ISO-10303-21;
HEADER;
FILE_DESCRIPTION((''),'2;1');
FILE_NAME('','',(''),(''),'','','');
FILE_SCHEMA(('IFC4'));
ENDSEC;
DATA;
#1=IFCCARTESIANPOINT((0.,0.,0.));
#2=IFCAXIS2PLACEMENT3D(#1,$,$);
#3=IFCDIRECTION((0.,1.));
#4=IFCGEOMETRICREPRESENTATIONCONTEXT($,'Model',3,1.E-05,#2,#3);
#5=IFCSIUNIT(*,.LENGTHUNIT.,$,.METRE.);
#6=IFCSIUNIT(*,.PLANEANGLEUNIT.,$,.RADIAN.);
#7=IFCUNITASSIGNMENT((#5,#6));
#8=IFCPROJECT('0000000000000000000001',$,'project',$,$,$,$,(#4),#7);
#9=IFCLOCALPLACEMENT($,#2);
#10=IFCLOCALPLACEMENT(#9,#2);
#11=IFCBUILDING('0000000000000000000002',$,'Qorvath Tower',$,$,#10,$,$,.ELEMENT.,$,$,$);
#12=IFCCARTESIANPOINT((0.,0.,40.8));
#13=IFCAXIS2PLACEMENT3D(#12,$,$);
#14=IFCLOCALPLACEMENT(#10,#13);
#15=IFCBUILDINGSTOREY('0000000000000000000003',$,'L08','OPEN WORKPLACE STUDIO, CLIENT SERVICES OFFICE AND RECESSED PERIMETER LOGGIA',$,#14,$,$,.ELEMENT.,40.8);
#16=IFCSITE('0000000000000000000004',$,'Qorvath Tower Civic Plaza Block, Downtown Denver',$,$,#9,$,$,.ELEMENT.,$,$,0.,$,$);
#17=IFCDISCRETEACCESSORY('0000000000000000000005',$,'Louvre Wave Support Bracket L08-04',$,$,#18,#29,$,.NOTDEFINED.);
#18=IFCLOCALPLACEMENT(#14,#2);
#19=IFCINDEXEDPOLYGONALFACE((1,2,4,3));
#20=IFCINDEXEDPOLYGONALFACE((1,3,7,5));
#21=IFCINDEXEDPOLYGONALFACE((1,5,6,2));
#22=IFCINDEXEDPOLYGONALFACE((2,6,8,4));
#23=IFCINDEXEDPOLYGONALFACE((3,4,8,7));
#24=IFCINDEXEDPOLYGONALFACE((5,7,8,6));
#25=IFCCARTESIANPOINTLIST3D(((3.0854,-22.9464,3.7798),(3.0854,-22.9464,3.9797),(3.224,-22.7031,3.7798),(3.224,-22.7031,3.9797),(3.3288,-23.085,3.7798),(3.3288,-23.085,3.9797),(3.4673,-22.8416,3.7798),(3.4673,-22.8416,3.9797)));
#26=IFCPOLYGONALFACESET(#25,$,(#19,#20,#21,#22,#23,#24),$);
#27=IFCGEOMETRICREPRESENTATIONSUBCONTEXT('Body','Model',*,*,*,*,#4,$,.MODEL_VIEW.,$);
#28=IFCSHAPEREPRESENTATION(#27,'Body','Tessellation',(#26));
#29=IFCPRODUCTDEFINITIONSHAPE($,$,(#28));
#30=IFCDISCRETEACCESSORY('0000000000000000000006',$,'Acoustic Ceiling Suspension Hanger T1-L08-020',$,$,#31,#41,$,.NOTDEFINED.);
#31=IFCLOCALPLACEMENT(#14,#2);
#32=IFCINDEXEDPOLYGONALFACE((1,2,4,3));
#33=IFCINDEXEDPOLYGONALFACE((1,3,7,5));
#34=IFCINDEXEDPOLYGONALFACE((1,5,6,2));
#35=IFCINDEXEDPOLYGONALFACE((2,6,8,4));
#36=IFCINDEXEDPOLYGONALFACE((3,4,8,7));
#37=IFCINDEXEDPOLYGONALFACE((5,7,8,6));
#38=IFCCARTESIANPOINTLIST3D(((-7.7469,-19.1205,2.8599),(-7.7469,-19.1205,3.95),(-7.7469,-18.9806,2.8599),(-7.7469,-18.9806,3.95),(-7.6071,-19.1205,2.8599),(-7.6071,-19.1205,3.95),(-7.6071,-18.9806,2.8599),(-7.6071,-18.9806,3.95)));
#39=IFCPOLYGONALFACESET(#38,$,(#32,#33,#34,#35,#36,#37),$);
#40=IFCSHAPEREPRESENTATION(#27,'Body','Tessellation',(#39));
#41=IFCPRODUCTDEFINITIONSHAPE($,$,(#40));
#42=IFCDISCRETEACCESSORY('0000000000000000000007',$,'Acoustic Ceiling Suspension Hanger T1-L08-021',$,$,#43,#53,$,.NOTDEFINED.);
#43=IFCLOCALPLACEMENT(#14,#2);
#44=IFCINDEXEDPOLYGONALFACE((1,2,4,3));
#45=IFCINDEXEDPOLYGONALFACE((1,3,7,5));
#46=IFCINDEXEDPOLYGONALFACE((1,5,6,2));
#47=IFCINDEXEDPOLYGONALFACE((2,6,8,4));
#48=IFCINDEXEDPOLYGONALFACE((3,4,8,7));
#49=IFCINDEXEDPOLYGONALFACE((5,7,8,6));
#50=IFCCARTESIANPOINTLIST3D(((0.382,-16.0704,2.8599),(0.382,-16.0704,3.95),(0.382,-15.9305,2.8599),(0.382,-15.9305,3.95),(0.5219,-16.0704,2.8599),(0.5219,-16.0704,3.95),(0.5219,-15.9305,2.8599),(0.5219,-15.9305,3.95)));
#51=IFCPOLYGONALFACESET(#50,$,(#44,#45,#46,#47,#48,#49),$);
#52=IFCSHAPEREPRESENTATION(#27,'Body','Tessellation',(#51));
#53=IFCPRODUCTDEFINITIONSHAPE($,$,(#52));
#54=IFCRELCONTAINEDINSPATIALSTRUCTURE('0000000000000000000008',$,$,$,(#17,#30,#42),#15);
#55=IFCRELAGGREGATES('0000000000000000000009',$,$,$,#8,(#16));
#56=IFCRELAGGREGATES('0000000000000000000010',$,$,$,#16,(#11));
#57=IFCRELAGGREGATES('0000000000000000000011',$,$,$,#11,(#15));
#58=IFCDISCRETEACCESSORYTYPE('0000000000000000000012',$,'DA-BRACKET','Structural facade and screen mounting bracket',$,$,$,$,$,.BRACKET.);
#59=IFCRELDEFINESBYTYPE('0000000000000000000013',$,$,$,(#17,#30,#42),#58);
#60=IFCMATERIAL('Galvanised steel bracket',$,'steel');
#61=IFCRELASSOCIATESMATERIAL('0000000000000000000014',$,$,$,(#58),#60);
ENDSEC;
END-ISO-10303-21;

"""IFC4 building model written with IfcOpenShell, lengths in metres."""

from ifc_helpers import new_model, si_unit, direction, frame, origin, origin_2d, place, context, subcontext, project, spatial, rectangle, extrude, material, type_object, element, save


model = new_model("IFC4")

# Units and contexts
model_context = context("Model", 3, precision=1e-05, world=origin(), true_north=direction((0.0, 1.0)))
body_context = subcontext(model_context, "Body", "Model", "MODEL_VIEW")
ifc_project = project(units=[si_unit("LENGTHUNIT", "METRE"), si_unit("PLANEANGLEUNIT", "RADIAN")], contexts=[model_context])

# Site, building, storey
site_placement = place(None, origin())
site = spatial("IfcSite", under=ifc_project, at=site_placement, Name="Qorvath Tower Civic Plaza Block, Downtown Denver", CompositionType="ELEMENT", RefElevation=0.0)
building_placement = place(site_placement, origin())
building = spatial("IfcBuilding", under=site, at=building_placement, Name="Qorvath Tower", CompositionType="ELEMENT")
storey_placement = place(building_placement, frame((0.0, 0.0, 40.8)))
storey = spatial("IfcBuildingStorey", under=building, at=storey_placement, Name="L08", Description="OPEN WORKPLACE STUDIO, CLIENT SERVICES OFFICE AND RECESSED PERIMETER LOGGIA", CompositionType="ELEMENT", Elevation=40.8)

# Discrete accessories
ifc_material_1 = material(Name="Galvanised steel bracket", Category="steel")
discrete_accessory_type = type_object("IfcDiscreteAccessoryType", Name="DA-BRACKET", Description="Structural facade and screen mounting bracket", PredefinedType="BRACKET", material=ifc_material_1)
for number, where, z_axis, x_axis, name in (
    (1, (3.2764, -22.894, 3.7798), (0.0, 0.0, 1.0), (0.494763, 0.869028, 0.0), "Louvre Wave Support Bracket L08-04"),
):
    element("IfcDiscreteAccessory", number, at=place(storey_placement, frame(where, z_axis=z_axis, x_axis=x_axis)), inside=storey, type_object=discrete_accessory_type, Name=name, PredefinedType="NOTDEFINED", context=body_context, shape_type="SweptSolid", body=[
        extrude(rectangle(XDim=0.28, YDim=0.28, at=origin_2d()), origin(), (0.0, 0.0, 1.0), 0.2),
    ])
for number, where, z_axis, x_axis, name in (
    (2, (-7.677, -19.0505, 2.8599), (0.0, 0.0, 1.0), (1.0, 0.0, 0.0), "Acoustic Ceiling Suspension Hanger T1-L08-020"),
    (3, (0.4519, -16.0005, 2.8599), (0.0, 0.0, 1.0), (1.0, 0.0, 0.0), "Acoustic Ceiling Suspension Hanger T1-L08-021"),
):
    element("IfcDiscreteAccessory", number, at=place(storey_placement, frame(where, z_axis=z_axis, x_axis=x_axis)), inside=storey, type_object=discrete_accessory_type, Name=name, PredefinedType="NOTDEFINED", context=body_context, shape_type="SweptSolid", body=[
        extrude(rectangle(XDim=0.1399, YDim=0.1399, at=origin_2d()), origin(), (0.0, 0.0, 1.0), 1.0901),
    ])

save(model, "model.ifc")
